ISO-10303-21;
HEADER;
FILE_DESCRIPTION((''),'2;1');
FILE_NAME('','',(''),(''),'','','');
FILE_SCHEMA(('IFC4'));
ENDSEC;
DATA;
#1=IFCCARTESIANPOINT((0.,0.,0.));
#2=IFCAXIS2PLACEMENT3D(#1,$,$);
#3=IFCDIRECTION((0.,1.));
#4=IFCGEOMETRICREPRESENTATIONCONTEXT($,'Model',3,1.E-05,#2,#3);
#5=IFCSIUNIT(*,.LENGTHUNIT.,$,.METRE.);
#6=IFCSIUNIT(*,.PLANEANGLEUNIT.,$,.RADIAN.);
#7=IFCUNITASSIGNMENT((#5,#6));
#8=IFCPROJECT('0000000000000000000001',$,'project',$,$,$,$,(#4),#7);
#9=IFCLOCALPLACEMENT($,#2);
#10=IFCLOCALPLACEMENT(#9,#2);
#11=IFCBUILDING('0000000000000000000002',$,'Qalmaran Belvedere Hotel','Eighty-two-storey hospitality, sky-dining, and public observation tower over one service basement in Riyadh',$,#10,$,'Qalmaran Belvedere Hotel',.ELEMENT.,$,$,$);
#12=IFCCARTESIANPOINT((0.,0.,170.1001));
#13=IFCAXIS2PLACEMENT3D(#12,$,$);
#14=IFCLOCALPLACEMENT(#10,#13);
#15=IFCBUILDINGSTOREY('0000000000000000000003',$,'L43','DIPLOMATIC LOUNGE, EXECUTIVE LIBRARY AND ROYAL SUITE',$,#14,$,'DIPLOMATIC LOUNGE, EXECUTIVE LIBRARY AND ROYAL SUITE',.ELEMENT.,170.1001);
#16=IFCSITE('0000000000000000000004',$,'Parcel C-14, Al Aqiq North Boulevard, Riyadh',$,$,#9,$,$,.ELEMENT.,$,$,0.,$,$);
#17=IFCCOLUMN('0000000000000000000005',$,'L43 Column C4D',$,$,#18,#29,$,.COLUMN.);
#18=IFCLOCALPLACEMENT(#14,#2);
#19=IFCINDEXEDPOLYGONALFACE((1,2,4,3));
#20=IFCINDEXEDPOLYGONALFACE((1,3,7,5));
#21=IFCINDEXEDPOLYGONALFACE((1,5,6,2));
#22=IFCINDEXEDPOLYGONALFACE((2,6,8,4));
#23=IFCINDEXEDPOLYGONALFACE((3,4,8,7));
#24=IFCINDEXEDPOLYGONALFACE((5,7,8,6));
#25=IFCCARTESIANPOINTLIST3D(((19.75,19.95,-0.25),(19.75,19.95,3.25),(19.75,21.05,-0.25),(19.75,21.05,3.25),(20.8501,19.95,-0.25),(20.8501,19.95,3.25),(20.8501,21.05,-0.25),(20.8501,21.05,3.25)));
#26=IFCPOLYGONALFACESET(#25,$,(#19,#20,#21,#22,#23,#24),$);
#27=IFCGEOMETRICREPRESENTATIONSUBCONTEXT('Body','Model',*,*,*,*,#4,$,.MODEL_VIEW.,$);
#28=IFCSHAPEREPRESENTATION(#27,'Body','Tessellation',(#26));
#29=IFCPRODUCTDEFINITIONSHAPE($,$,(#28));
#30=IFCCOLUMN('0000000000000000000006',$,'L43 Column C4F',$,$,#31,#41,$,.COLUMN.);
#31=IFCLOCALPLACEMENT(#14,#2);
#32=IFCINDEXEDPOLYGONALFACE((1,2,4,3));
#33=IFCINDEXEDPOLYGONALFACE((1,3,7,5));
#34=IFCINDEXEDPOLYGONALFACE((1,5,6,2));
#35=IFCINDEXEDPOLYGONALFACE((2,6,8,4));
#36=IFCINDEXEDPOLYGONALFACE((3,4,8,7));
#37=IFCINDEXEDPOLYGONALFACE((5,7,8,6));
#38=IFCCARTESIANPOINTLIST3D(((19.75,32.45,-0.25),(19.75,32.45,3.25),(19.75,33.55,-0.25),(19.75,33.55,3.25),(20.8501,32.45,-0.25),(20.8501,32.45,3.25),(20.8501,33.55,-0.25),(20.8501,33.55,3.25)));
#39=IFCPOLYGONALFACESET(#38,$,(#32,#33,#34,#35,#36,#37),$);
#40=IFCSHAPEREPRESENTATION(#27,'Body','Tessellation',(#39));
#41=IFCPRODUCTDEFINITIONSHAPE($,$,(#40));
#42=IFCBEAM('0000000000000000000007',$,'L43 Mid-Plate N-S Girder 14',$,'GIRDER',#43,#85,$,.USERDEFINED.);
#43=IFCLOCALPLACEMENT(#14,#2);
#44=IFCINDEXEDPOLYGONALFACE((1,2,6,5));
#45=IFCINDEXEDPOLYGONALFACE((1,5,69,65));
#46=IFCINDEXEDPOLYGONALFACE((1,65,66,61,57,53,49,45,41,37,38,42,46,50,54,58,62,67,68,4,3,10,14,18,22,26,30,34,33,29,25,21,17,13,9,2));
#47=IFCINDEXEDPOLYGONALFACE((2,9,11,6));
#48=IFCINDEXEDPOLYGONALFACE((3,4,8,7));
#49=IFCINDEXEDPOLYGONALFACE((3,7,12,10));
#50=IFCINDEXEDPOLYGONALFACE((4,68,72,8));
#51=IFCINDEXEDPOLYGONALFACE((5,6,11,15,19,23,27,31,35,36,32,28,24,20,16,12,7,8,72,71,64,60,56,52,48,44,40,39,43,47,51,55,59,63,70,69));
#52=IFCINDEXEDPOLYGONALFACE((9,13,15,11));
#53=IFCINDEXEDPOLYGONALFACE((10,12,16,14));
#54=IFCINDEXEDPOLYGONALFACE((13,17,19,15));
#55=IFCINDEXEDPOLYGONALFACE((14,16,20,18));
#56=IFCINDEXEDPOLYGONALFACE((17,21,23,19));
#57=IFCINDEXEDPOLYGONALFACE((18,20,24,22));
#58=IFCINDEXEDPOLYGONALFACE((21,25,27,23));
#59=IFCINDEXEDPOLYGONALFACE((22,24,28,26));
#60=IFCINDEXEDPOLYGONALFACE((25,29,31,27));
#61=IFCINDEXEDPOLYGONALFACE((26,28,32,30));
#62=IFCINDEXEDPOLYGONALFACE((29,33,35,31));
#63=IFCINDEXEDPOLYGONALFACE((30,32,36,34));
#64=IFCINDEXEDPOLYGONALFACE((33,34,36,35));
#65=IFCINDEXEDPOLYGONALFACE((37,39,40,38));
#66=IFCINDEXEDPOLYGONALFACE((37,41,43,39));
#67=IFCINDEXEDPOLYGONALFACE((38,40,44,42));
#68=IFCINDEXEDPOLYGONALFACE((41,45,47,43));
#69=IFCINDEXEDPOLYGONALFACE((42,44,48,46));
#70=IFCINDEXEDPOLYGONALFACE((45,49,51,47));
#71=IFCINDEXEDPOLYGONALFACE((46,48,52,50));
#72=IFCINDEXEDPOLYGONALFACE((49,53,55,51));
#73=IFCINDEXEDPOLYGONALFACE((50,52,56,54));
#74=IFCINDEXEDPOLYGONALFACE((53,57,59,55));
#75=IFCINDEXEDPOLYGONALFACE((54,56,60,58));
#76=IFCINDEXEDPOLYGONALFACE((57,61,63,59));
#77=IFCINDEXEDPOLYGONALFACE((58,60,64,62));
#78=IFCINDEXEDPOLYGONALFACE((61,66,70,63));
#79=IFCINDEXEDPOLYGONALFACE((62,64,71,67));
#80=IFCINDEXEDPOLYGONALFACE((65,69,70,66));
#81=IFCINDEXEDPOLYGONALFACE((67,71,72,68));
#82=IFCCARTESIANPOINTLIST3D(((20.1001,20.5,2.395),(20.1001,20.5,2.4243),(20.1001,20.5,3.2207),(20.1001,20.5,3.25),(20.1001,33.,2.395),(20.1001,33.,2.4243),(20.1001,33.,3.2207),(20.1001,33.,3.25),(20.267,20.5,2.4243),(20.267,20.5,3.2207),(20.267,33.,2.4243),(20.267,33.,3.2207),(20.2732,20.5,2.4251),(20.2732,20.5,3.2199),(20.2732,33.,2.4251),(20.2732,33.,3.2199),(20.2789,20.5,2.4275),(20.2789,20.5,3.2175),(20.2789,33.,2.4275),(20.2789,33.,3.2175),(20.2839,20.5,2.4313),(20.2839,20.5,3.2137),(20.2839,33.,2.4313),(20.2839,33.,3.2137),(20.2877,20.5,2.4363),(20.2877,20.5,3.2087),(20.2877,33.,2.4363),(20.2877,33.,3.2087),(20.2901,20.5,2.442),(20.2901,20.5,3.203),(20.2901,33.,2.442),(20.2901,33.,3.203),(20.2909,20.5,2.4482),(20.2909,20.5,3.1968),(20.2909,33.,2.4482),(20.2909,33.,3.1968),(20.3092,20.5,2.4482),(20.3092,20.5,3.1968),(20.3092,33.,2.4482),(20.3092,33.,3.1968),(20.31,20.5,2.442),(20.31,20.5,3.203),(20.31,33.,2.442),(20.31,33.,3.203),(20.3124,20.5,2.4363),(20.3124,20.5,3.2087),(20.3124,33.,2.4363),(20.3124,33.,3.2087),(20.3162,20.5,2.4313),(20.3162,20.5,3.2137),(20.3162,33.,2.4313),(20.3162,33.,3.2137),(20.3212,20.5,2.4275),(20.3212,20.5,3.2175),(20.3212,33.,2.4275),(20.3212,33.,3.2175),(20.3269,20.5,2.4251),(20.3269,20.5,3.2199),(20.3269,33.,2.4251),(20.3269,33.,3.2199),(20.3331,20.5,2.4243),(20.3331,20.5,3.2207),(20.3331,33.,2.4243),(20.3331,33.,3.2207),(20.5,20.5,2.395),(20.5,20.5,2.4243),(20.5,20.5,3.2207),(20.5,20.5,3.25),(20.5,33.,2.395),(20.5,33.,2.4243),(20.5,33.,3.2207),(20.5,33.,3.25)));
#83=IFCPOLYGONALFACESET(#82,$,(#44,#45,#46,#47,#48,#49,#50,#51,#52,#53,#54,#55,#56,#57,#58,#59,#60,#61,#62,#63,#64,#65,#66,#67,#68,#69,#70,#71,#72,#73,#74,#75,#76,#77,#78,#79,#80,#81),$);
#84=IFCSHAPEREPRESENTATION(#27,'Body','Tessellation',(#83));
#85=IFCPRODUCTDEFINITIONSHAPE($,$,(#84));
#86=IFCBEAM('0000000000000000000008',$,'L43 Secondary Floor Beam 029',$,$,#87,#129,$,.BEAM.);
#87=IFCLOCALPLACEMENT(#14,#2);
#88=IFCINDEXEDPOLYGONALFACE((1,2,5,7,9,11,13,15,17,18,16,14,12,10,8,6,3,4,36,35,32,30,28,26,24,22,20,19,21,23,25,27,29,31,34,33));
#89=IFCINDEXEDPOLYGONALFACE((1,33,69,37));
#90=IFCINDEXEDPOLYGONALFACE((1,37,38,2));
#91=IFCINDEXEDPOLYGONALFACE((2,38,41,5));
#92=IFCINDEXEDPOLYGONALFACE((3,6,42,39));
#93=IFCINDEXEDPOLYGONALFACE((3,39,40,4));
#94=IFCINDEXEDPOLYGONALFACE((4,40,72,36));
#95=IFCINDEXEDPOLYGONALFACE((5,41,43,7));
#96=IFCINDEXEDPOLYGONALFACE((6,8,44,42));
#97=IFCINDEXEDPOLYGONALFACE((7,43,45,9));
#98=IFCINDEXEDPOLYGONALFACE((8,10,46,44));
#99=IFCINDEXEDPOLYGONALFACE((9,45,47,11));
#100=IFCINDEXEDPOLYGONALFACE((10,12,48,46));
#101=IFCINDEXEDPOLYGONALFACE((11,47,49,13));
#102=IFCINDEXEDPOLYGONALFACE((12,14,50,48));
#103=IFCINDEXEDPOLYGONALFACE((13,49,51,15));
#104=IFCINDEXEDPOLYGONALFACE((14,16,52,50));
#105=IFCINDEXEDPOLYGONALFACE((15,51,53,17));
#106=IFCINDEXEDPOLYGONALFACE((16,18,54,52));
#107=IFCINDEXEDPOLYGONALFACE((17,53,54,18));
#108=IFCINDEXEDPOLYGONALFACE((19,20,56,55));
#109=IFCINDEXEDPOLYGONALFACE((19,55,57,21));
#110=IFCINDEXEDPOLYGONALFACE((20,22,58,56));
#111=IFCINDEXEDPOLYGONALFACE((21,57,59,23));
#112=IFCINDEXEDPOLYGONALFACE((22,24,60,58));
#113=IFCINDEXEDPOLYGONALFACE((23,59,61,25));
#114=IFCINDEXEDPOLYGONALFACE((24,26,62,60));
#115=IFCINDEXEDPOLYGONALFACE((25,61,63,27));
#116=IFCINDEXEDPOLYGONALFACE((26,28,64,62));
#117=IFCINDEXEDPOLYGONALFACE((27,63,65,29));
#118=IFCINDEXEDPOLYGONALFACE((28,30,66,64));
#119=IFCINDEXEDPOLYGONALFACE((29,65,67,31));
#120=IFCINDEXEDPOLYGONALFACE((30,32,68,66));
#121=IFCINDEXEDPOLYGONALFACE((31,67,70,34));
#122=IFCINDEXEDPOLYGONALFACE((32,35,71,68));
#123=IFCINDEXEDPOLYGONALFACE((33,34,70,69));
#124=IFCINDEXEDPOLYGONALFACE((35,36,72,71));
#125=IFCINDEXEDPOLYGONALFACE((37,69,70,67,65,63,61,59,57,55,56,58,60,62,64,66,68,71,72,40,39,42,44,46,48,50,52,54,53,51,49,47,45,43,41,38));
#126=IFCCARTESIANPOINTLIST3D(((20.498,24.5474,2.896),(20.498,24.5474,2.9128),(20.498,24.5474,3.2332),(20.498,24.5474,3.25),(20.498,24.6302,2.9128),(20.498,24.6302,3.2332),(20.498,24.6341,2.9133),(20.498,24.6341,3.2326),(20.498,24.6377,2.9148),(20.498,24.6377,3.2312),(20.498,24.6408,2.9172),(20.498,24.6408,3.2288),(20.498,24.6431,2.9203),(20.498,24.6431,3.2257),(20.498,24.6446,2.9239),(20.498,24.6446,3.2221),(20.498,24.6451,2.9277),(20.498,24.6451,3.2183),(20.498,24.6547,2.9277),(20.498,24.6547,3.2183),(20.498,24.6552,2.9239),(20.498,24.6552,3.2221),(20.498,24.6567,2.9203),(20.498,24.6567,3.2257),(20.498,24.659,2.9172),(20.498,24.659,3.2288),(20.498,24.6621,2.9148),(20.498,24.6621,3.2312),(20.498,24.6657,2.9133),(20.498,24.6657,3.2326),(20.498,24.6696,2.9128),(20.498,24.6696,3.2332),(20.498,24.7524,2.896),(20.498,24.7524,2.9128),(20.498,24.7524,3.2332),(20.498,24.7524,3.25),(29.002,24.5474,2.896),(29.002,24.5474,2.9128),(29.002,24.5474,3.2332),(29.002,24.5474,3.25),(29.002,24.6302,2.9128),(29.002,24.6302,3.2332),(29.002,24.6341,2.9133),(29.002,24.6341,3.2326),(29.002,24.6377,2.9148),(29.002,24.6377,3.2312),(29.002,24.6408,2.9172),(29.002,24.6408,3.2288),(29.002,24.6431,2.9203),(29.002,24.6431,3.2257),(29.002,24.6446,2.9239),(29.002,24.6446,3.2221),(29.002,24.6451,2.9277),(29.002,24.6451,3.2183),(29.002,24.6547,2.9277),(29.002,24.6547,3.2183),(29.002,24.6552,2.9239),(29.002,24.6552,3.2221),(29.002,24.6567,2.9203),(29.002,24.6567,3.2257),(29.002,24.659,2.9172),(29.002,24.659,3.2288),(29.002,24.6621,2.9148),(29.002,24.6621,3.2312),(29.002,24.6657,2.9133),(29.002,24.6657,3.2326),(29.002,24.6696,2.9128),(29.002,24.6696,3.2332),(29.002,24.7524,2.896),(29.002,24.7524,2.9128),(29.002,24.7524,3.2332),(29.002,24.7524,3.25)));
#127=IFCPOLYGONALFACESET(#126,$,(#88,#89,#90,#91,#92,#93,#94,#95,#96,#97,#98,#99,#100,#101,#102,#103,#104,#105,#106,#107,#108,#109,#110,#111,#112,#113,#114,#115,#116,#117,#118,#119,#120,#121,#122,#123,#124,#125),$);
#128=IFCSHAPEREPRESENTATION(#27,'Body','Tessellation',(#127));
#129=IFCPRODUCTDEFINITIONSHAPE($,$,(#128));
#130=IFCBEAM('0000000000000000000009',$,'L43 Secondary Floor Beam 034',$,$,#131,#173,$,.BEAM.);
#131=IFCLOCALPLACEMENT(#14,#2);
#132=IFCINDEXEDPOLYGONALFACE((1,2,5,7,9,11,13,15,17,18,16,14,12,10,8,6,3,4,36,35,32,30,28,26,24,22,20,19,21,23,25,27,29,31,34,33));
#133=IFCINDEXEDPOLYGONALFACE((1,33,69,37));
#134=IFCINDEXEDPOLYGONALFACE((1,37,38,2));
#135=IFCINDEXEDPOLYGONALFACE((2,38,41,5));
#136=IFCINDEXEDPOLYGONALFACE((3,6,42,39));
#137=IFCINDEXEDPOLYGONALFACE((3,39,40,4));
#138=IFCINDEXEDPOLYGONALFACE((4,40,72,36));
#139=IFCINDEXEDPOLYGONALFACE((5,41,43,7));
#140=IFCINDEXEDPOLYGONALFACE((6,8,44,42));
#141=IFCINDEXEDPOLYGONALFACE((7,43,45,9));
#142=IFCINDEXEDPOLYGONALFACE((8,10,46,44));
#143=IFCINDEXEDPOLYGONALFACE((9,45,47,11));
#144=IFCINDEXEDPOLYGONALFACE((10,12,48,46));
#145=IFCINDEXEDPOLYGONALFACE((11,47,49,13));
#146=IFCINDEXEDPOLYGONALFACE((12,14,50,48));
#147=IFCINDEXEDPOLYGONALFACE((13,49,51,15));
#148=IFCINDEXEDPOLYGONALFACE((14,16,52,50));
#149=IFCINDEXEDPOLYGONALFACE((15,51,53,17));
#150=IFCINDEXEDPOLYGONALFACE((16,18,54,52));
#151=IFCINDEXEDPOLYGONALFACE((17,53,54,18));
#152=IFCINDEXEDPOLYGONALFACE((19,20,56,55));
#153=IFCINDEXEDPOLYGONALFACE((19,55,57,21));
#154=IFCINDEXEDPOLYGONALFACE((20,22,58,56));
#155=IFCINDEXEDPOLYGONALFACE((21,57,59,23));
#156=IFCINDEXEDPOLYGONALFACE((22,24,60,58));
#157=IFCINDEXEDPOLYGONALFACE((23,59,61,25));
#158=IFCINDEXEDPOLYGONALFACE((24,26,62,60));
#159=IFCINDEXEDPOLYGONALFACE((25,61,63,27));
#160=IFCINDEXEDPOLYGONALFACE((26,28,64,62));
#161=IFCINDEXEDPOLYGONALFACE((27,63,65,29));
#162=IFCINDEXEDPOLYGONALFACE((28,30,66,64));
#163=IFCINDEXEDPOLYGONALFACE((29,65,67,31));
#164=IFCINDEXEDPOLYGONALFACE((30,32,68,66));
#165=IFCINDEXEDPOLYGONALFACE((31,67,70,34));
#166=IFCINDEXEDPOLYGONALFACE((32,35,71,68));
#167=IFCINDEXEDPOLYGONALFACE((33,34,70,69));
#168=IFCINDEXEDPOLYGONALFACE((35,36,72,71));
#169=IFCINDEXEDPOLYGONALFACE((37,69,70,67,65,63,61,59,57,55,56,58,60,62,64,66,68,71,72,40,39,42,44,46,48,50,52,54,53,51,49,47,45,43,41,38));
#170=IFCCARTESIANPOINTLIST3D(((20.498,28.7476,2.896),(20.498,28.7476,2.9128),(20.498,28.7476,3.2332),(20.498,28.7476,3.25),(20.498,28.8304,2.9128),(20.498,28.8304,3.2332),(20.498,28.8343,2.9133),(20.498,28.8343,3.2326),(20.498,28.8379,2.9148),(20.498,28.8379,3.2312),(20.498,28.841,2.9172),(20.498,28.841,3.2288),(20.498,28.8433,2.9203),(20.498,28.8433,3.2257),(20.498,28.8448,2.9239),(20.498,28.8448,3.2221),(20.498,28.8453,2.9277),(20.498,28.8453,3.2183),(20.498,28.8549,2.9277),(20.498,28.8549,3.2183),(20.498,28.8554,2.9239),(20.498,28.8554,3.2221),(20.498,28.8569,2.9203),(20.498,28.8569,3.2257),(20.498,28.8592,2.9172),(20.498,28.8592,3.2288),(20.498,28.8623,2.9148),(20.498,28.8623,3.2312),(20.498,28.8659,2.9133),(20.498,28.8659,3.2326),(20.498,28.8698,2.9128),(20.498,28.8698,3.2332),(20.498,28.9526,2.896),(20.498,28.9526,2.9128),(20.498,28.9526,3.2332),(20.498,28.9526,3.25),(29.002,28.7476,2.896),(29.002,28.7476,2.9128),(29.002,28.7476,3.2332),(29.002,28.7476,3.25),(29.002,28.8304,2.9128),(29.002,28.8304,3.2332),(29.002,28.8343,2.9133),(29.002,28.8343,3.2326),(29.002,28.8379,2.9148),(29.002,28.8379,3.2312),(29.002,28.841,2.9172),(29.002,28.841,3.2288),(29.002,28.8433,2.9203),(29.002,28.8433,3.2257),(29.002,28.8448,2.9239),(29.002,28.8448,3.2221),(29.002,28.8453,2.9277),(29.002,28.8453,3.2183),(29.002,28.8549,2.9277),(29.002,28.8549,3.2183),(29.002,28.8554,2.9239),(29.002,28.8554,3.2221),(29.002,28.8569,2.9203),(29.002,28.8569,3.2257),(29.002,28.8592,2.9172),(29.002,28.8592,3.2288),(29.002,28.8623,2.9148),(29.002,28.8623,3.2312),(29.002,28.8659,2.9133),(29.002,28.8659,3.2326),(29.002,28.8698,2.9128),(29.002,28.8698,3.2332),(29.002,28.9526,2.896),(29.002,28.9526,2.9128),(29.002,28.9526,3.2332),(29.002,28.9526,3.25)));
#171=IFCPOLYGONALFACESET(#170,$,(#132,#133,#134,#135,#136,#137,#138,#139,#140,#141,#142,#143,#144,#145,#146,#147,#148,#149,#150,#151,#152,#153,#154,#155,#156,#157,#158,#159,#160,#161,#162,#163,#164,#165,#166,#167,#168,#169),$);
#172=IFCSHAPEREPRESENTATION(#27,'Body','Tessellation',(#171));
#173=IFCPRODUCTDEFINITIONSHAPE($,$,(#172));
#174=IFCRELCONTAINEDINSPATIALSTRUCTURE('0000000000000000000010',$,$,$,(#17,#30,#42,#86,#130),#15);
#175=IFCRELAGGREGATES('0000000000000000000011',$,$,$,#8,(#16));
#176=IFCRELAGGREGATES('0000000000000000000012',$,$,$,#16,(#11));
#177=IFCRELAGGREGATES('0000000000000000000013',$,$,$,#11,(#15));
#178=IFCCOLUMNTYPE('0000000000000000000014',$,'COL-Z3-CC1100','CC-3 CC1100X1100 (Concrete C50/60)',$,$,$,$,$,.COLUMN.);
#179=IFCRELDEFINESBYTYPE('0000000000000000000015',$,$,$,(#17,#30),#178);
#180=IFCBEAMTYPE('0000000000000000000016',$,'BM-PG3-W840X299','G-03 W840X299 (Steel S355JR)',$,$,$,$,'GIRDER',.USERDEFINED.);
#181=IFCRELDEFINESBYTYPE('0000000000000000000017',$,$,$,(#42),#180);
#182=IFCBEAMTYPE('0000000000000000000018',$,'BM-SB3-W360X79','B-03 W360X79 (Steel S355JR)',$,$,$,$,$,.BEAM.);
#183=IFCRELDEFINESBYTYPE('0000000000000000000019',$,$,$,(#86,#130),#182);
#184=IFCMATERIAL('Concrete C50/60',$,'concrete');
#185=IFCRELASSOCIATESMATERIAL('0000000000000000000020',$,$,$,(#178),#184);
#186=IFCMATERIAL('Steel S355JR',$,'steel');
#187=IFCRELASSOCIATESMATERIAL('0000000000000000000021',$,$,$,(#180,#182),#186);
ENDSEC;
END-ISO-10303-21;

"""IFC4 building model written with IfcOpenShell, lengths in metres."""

from ifc_helpers import new_model, si_unit, direction, frame, origin, origin_2d, place, context, subcontext, project, spatial, rectangle, i_section, extrude, material, material_profile, profile_set, type_object, element, save


model = new_model("IFC4")

# Units and contexts
model_context = context("Model", 3, precision=1e-05, world=origin(), true_north=direction((0.0, 1.0)))
body_context = subcontext(model_context, "Body", "Model", "MODEL_VIEW")
ifc_project = project(units=[si_unit("LENGTHUNIT", "METRE"), si_unit("PLANEANGLEUNIT", "RADIAN")], contexts=[model_context])

# Site, building, storey
site_placement = place(None, origin())
site = spatial("IfcSite", under=ifc_project, at=site_placement, Name="Parcel C-14, Al Aqiq North Boulevard, Riyadh", CompositionType="ELEMENT", RefElevation=0.0)
building_placement = place(site_placement, origin())
building = spatial("IfcBuilding", under=site, at=building_placement, Name="Qalmaran Belvedere Hotel", Description="Eighty-two-storey hospitality, sky-dining, and public observation tower over one service basement in Riyadh", LongName="Qalmaran Belvedere Hotel", CompositionType="ELEMENT")
storey_placement = place(building_placement, frame((0.0, 0.0, 170.1001)))
storey = spatial("IfcBuildingStorey", under=building, at=storey_placement, Name="L43", Description="DIPLOMATIC LOUNGE, EXECUTIVE LIBRARY AND ROYAL SUITE", LongName="DIPLOMATIC LOUNGE, EXECUTIVE LIBRARY AND ROYAL SUITE", CompositionType="ELEMENT", Elevation=170.1001)

# Columns
ifc_material_1 = material(Name="Concrete C50/60", Category="concrete")
ifc_material_profile_1 = material_profile(ifc_material_1, rectangle(XDim=1.1001, YDim=1.1001, at=origin_2d()), Name="CC1100X1100")
ifc_profile_set_1 = profile_set([ifc_material_profile_1], Name="Concrete C50/60")
column_type = type_object("IfcColumnType", Name="COL-Z3-CC1100", Description="CC-3 CC1100X1100 (Concrete C50/60)", PredefinedType="COLUMN", material=ifc_profile_set_1)
for number, where, z_axis, x_axis, name in (
    (1, (20.3, 20.5, -0.25), (0.0, 0.0, 1.0), (1.0, 0.0, 0.0), "L43 Column C4D"),
    (2, (20.3, 33.0, -0.25), (0.0, 0.0, 1.0), (1.0, 0.0, 0.0), "L43 Column C4F"),
):
    element("IfcColumn", number, at=place(storey_placement, frame(where, z_axis=z_axis, x_axis=x_axis)), inside=storey, type_object=column_type, Name=name, PredefinedType="COLUMN", context=body_context, shape_type="SweptSolid", body=[
        extrude(rectangle(XDim=1.1001, YDim=1.1001, at=origin_2d()), origin(), (0.0, 0.0, 1.0), 3.5),
    ])

# Beams
ifc_material_2 = material(Name="Steel S355JR", Category="steel")
ifc_material_profile_2 = material_profile(ifc_material_2, i_section(OverallWidth=0.3999, OverallDepth=0.855, WebThickness=0.0183, FlangeThickness=0.0293, FilletRadius=0.0239, at=origin_2d()), Name="W840X299")
ifc_profile_set_2 = profile_set([ifc_material_profile_2], Name="Steel S355JR")
beam_type_1 = type_object("IfcBeamType", Name="BM-PG3-W840X299", Description="G-03 W840X299 (Steel S355JR)", ElementType="GIRDER", PredefinedType="USERDEFINED", material=ifc_profile_set_2)
beam_placement = place(storey_placement, frame((20.3, 20.5, 2.8225), z_axis=(0.0, 1.0, 0.0), x_axis=(-1.0, 0.0, 0.0)))
element("IfcBeam", 3, at=beam_placement, inside=storey, type_object=beam_type_1, Name="L43 Mid-Plate N-S Girder 14", ObjectType="GIRDER", PredefinedType="USERDEFINED", context=body_context, shape_type="SweptSolid", body=[
    extrude(i_section(OverallWidth=0.3999, OverallDepth=0.855, WebThickness=0.0183, FlangeThickness=0.0293, FilletRadius=0.0239, at=origin_2d()), origin(), (0.0, 0.0, 1.0), 12.5),
])
ifc_material_profile_3 = material_profile(ifc_material_2, i_section(OverallWidth=0.2051, OverallDepth=0.354, WebThickness=0.0095, FlangeThickness=0.0168, FilletRadius=0.0149, at=origin_2d()), Name="W360X79")
ifc_profile_set_3 = profile_set([ifc_material_profile_3], Name="Steel S355JR")
beam_type_2 = type_object("IfcBeamType", Name="BM-SB3-W360X79", Description="B-03 W360X79 (Steel S355JR)", PredefinedType="BEAM", material=ifc_profile_set_3)
for number, where, z_axis, x_axis, name in (
    (4, (20.498, 24.6499, 3.073), (1.0, 0.0, 0.0), (0.0, 1.0, 0.0), "L43 Secondary Floor Beam 029"),
    (5, (20.498, 28.8501, 3.073), (1.0, 0.0, 0.0), (0.0, 1.0, 0.0), "L43 Secondary Floor Beam 034"),
):
    element("IfcBeam", number, at=place(storey_placement, frame(where, z_axis=z_axis, x_axis=x_axis)), inside=storey, type_object=beam_type_2, Name=name, PredefinedType="BEAM", context=body_context, shape_type="SweptSolid", body=[
        extrude(i_section(OverallWidth=0.2051, OverallDepth=0.354, WebThickness=0.0095, FlangeThickness=0.0168, FilletRadius=0.0149, at=origin_2d()), origin(), (0.0, 0.0, 1.0), 8.5039),
    ])

save(model, "model.ifc")
